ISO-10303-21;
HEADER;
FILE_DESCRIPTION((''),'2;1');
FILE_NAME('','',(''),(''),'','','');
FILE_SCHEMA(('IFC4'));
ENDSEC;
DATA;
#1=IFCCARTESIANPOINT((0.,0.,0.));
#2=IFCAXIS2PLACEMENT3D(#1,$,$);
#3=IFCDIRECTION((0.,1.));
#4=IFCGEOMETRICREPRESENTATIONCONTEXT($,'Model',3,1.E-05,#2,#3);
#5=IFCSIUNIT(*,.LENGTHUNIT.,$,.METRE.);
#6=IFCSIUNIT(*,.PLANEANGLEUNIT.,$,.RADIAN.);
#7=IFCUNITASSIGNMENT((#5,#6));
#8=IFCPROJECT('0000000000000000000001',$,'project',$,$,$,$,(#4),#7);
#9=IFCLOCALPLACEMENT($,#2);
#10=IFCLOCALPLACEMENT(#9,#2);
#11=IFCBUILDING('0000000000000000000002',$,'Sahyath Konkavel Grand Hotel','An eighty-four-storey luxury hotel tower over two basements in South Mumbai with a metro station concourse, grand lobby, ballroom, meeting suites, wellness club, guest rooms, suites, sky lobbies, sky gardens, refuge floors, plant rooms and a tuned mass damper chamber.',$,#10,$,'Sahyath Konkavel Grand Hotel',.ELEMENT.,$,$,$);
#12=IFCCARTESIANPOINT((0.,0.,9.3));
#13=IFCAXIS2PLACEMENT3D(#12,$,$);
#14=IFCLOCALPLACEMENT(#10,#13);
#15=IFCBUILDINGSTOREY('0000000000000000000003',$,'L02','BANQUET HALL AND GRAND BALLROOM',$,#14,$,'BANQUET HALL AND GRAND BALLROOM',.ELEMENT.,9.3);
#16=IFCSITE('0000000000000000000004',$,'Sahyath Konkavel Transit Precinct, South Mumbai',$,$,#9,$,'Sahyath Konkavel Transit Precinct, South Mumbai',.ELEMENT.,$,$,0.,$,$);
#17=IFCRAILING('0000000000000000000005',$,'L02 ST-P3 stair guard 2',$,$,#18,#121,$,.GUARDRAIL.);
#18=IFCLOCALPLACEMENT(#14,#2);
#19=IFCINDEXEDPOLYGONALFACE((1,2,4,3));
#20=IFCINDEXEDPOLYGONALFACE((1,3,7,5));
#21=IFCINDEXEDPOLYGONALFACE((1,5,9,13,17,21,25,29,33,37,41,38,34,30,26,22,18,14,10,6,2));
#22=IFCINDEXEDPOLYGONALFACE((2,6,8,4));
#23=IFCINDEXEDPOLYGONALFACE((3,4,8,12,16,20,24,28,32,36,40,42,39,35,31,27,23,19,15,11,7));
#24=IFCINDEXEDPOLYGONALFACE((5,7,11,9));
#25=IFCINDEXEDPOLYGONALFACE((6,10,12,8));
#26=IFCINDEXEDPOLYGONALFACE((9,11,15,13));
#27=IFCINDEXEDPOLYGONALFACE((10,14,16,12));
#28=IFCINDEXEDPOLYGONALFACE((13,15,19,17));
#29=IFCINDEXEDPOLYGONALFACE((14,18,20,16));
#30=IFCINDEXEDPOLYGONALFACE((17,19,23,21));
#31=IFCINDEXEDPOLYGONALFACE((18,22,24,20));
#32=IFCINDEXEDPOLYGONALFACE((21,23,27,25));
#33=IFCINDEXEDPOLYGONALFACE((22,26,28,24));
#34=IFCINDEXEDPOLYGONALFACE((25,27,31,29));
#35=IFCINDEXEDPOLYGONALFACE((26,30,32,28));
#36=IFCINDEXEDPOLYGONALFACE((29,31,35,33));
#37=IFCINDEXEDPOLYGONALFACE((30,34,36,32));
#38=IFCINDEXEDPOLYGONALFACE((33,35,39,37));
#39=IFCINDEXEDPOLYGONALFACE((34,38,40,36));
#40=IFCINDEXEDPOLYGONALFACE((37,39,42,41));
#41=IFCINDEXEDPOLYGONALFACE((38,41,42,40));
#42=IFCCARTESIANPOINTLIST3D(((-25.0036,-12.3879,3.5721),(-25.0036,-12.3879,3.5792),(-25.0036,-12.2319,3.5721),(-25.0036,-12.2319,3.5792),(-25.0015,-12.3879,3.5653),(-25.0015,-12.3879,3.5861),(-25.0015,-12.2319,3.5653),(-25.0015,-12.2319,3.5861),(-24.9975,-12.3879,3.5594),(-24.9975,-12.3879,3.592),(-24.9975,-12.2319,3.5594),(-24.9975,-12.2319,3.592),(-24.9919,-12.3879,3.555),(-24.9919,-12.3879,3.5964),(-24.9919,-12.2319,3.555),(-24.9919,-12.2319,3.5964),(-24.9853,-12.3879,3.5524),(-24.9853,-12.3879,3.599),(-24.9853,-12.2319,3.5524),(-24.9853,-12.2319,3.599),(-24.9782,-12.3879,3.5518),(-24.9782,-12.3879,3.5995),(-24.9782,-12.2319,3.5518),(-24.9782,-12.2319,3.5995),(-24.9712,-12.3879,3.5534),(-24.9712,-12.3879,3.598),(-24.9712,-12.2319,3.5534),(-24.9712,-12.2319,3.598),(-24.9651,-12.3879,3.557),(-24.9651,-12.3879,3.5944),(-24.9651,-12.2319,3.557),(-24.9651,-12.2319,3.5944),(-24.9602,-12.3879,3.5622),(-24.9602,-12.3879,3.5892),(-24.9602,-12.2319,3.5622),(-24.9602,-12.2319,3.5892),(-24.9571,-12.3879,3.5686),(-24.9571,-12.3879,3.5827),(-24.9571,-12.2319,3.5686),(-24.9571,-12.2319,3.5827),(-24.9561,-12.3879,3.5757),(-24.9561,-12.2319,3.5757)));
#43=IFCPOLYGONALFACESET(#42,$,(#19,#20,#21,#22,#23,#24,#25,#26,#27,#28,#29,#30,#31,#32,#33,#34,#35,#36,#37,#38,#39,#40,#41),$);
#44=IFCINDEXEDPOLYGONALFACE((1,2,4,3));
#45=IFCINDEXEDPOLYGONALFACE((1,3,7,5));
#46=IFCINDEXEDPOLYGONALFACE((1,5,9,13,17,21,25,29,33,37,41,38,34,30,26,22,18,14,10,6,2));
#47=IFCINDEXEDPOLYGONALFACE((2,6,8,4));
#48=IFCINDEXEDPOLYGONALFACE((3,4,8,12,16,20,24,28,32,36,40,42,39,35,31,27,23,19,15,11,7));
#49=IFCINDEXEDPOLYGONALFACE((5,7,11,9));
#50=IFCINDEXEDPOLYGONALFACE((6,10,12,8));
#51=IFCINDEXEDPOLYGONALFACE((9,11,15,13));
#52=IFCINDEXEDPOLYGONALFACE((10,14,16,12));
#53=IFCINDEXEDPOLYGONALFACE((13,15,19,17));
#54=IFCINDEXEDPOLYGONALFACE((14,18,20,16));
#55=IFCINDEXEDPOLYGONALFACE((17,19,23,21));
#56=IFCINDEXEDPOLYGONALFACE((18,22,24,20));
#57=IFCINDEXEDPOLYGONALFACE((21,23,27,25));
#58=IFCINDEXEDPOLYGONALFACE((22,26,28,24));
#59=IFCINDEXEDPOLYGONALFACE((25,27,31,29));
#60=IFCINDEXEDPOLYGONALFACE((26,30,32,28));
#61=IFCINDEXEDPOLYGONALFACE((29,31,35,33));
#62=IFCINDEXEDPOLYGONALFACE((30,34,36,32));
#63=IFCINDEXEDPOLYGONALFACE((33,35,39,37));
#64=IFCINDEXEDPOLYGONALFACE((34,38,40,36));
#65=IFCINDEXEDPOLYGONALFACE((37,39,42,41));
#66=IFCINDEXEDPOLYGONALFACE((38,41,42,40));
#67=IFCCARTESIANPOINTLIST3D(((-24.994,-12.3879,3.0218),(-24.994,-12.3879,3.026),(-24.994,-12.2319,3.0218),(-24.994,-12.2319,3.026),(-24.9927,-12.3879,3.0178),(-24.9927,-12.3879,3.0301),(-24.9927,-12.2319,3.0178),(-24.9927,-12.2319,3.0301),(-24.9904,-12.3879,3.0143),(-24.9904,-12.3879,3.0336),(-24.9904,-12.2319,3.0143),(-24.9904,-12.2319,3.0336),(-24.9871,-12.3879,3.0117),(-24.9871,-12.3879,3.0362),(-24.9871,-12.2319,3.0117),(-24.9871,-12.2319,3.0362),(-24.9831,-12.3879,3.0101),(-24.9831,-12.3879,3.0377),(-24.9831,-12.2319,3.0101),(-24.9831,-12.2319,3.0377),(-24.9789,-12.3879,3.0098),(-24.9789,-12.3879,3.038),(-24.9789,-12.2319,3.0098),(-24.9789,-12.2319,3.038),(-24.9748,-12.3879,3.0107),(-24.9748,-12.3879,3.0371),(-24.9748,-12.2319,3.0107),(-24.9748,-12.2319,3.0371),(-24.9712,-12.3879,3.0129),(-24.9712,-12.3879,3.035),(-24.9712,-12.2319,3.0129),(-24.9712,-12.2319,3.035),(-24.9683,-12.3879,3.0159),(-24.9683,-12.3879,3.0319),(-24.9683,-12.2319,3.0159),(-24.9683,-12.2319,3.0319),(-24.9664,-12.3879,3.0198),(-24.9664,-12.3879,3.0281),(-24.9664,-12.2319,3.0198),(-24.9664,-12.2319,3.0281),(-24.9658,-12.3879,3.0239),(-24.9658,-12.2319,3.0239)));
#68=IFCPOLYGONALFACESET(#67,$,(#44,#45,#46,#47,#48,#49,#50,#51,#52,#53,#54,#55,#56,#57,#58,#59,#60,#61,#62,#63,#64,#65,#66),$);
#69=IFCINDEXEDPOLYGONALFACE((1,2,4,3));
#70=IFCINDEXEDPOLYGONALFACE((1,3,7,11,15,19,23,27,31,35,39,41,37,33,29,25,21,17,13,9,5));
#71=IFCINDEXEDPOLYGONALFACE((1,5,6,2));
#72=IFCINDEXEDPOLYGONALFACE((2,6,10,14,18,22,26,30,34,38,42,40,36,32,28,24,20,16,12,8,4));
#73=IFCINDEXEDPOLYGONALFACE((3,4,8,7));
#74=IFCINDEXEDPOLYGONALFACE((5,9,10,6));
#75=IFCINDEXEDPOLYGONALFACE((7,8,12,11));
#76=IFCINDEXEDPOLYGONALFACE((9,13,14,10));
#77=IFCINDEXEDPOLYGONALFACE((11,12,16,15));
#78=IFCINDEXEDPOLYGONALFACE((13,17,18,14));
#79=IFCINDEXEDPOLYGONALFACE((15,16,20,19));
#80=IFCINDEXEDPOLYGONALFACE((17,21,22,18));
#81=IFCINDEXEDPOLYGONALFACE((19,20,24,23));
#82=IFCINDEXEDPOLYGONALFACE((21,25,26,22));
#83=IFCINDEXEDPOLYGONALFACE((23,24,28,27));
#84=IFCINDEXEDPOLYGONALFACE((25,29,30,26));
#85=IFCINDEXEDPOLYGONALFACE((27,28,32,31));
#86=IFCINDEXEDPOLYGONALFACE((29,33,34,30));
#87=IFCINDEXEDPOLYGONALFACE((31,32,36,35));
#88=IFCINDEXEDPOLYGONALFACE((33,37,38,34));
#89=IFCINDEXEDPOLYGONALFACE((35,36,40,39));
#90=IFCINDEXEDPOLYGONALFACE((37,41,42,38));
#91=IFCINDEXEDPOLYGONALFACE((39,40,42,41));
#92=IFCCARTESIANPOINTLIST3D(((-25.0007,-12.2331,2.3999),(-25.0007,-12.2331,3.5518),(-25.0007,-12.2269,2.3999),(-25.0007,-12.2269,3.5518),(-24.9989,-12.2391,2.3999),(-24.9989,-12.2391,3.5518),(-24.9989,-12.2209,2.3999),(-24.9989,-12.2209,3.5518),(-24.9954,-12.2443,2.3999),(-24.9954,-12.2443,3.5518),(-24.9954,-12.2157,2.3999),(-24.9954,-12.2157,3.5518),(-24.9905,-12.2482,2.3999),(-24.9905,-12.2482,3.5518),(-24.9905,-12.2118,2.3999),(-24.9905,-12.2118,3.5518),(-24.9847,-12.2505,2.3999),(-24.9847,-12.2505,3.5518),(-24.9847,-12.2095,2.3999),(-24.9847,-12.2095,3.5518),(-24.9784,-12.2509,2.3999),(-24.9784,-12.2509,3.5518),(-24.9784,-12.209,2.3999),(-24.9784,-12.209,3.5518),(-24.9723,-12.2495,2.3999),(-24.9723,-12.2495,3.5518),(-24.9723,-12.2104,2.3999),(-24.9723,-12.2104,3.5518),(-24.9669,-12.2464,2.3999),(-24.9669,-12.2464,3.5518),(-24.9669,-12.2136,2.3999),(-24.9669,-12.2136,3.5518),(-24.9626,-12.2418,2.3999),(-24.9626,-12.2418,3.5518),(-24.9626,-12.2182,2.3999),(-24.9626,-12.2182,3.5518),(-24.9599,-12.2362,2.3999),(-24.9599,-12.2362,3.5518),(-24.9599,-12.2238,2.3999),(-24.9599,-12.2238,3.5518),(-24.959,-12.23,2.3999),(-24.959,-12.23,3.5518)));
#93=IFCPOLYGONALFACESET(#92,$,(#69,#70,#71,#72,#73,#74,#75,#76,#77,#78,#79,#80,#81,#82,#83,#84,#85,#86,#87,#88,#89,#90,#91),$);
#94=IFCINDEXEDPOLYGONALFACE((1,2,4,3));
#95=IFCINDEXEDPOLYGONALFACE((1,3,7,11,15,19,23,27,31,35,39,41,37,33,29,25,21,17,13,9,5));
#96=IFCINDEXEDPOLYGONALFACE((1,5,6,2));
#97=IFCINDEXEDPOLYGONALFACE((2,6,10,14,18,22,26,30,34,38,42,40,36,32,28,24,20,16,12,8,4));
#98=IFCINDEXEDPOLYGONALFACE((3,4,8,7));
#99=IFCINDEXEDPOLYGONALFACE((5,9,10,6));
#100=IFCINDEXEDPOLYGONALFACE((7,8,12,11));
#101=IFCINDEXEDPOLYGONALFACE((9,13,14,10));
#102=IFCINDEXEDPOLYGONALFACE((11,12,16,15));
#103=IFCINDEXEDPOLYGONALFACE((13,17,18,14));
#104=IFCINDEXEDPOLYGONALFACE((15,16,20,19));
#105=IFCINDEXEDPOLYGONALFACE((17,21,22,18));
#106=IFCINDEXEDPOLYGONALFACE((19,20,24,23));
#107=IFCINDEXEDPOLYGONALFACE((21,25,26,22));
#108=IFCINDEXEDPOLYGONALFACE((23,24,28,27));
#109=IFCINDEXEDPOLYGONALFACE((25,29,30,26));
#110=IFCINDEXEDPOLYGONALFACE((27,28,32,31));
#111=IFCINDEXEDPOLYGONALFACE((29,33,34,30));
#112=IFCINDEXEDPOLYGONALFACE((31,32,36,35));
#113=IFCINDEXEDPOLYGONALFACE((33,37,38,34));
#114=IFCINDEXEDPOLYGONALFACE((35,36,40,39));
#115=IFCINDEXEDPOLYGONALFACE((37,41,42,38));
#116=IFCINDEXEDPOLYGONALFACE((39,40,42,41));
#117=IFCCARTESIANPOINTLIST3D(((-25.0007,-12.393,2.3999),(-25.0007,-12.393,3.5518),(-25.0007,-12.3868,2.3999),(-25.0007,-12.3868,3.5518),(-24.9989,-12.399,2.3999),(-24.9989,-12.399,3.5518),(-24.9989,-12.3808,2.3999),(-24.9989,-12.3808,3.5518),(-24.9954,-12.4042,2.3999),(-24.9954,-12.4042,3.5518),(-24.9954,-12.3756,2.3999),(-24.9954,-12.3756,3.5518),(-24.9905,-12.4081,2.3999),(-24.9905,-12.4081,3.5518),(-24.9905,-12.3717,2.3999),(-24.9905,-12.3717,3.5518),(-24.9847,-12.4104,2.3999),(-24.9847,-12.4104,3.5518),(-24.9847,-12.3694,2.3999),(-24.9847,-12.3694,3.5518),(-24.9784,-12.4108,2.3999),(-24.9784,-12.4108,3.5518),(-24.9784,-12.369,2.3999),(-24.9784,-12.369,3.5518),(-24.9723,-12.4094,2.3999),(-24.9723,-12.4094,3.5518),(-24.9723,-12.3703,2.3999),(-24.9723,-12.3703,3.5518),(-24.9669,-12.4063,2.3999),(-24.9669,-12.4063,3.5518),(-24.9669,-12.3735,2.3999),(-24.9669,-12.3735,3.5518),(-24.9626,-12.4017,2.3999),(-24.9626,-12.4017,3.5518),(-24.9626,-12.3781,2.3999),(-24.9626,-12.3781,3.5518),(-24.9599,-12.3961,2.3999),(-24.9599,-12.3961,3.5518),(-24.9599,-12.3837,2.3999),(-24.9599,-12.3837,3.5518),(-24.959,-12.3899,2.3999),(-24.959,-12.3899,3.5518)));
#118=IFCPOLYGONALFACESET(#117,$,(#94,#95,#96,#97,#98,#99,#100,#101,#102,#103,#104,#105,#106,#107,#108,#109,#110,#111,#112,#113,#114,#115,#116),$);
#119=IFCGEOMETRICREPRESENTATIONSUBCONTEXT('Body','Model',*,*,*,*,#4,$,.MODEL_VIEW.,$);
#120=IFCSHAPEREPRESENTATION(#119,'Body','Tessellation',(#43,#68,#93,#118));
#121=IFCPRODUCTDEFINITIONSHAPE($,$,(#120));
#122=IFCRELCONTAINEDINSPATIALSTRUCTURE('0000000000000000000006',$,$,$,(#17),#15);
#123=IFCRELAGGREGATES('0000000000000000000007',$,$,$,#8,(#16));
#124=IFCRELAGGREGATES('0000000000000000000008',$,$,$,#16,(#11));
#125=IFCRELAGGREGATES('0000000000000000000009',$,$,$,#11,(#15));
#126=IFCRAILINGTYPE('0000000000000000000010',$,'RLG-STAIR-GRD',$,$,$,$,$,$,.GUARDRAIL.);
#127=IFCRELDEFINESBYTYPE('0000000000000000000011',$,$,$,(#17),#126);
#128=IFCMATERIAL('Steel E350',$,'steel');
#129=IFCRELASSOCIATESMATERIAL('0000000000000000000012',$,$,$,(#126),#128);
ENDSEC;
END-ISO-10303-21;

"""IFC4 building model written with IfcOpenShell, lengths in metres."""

from ifc_helpers import new_model, si_unit, direction, frame, origin, origin_2d, place, context, subcontext, project, spatial, circle, extrude, material, type_object, element, save


model = new_model("IFC4")

# Units and contexts
model_context = context("Model", 3, precision=1e-05, world=origin(), true_north=direction((0.0, 1.0)))
body_context = subcontext(model_context, "Body", "Model", "MODEL_VIEW")
ifc_project = project(units=[si_unit("LENGTHUNIT", "METRE"), si_unit("PLANEANGLEUNIT", "RADIAN")], contexts=[model_context])

# Site, building, storey
site_placement = place(None, origin())
site = spatial("IfcSite", under=ifc_project, at=site_placement, Name="Sahyath Konkavel Transit Precinct, South Mumbai", LongName="Sahyath Konkavel Transit Precinct, South Mumbai", CompositionType="ELEMENT", RefElevation=0.0)
building_placement = place(site_placement, origin())
building = spatial("IfcBuilding", under=site, at=building_placement, Name="Sahyath Konkavel Grand Hotel", Description="An eighty-four-storey luxury hotel tower over two basements in South Mumbai with a metro station concourse, grand lobby, ballroom, meeting suites, wellness club, guest rooms, suites, sky lobbies, sky gardens, refuge floors, plant rooms and a tuned mass damper chamber.", LongName="Sahyath Konkavel Grand Hotel", CompositionType="ELEMENT")
storey_placement = place(building_placement, frame((0.0, 0.0, 9.3)))
storey = spatial("IfcBuildingStorey", under=building, at=storey_placement, Name="L02", Description="BANQUET HALL AND GRAND BALLROOM", LongName="BANQUET HALL AND GRAND BALLROOM", CompositionType="ELEMENT", Elevation=9.3)

# Railing
ifc_material_1 = material(Name="Steel E350", Category="steel")
railing_type_1 = type_object("IfcRailingType", Name="RLG-STAIR-GRD", PredefinedType="GUARDRAIL", material=ifc_material_1)
railing_1_placement = place(storey_placement, frame((-24.98, -12.23, 2.3999)))
element("IfcRailing", 1, at=railing_1_placement, inside=storey, type_object=railing_type_1, Name="L02 ST-P3 stair guard 2", PredefinedType="GUARDRAIL", context=body_context, shape_type="SweptSolid", body=[
    extrude(circle(Radius=0.0239, at=origin_2d()), frame((0.0, -0.002, 1.1758), z_axis=(0.0, -1.0, 0.0), x_axis=(1.0, 0.0, 0.0)), (0.0, 0.0, 1.0), 0.156),
    extrude(circle(Radius=0.0142, at=origin_2d()), frame((0.0, -0.002, 0.624), z_axis=(0.0, -1.0, 0.0), x_axis=(1.0, 0.0, 0.0)), (0.0, 0.0, 1.0), 0.156),
    extrude(circle(Radius=0.021, at=origin_2d()), origin(), (0.0, 0.0, 1.0), 1.1519),
    extrude(circle(Radius=0.021, at=origin_2d()), frame((0.0, -0.1599, 0.0)), (0.0, 0.0, 1.0), 1.1519),
])

save(model, "model.ifc")
